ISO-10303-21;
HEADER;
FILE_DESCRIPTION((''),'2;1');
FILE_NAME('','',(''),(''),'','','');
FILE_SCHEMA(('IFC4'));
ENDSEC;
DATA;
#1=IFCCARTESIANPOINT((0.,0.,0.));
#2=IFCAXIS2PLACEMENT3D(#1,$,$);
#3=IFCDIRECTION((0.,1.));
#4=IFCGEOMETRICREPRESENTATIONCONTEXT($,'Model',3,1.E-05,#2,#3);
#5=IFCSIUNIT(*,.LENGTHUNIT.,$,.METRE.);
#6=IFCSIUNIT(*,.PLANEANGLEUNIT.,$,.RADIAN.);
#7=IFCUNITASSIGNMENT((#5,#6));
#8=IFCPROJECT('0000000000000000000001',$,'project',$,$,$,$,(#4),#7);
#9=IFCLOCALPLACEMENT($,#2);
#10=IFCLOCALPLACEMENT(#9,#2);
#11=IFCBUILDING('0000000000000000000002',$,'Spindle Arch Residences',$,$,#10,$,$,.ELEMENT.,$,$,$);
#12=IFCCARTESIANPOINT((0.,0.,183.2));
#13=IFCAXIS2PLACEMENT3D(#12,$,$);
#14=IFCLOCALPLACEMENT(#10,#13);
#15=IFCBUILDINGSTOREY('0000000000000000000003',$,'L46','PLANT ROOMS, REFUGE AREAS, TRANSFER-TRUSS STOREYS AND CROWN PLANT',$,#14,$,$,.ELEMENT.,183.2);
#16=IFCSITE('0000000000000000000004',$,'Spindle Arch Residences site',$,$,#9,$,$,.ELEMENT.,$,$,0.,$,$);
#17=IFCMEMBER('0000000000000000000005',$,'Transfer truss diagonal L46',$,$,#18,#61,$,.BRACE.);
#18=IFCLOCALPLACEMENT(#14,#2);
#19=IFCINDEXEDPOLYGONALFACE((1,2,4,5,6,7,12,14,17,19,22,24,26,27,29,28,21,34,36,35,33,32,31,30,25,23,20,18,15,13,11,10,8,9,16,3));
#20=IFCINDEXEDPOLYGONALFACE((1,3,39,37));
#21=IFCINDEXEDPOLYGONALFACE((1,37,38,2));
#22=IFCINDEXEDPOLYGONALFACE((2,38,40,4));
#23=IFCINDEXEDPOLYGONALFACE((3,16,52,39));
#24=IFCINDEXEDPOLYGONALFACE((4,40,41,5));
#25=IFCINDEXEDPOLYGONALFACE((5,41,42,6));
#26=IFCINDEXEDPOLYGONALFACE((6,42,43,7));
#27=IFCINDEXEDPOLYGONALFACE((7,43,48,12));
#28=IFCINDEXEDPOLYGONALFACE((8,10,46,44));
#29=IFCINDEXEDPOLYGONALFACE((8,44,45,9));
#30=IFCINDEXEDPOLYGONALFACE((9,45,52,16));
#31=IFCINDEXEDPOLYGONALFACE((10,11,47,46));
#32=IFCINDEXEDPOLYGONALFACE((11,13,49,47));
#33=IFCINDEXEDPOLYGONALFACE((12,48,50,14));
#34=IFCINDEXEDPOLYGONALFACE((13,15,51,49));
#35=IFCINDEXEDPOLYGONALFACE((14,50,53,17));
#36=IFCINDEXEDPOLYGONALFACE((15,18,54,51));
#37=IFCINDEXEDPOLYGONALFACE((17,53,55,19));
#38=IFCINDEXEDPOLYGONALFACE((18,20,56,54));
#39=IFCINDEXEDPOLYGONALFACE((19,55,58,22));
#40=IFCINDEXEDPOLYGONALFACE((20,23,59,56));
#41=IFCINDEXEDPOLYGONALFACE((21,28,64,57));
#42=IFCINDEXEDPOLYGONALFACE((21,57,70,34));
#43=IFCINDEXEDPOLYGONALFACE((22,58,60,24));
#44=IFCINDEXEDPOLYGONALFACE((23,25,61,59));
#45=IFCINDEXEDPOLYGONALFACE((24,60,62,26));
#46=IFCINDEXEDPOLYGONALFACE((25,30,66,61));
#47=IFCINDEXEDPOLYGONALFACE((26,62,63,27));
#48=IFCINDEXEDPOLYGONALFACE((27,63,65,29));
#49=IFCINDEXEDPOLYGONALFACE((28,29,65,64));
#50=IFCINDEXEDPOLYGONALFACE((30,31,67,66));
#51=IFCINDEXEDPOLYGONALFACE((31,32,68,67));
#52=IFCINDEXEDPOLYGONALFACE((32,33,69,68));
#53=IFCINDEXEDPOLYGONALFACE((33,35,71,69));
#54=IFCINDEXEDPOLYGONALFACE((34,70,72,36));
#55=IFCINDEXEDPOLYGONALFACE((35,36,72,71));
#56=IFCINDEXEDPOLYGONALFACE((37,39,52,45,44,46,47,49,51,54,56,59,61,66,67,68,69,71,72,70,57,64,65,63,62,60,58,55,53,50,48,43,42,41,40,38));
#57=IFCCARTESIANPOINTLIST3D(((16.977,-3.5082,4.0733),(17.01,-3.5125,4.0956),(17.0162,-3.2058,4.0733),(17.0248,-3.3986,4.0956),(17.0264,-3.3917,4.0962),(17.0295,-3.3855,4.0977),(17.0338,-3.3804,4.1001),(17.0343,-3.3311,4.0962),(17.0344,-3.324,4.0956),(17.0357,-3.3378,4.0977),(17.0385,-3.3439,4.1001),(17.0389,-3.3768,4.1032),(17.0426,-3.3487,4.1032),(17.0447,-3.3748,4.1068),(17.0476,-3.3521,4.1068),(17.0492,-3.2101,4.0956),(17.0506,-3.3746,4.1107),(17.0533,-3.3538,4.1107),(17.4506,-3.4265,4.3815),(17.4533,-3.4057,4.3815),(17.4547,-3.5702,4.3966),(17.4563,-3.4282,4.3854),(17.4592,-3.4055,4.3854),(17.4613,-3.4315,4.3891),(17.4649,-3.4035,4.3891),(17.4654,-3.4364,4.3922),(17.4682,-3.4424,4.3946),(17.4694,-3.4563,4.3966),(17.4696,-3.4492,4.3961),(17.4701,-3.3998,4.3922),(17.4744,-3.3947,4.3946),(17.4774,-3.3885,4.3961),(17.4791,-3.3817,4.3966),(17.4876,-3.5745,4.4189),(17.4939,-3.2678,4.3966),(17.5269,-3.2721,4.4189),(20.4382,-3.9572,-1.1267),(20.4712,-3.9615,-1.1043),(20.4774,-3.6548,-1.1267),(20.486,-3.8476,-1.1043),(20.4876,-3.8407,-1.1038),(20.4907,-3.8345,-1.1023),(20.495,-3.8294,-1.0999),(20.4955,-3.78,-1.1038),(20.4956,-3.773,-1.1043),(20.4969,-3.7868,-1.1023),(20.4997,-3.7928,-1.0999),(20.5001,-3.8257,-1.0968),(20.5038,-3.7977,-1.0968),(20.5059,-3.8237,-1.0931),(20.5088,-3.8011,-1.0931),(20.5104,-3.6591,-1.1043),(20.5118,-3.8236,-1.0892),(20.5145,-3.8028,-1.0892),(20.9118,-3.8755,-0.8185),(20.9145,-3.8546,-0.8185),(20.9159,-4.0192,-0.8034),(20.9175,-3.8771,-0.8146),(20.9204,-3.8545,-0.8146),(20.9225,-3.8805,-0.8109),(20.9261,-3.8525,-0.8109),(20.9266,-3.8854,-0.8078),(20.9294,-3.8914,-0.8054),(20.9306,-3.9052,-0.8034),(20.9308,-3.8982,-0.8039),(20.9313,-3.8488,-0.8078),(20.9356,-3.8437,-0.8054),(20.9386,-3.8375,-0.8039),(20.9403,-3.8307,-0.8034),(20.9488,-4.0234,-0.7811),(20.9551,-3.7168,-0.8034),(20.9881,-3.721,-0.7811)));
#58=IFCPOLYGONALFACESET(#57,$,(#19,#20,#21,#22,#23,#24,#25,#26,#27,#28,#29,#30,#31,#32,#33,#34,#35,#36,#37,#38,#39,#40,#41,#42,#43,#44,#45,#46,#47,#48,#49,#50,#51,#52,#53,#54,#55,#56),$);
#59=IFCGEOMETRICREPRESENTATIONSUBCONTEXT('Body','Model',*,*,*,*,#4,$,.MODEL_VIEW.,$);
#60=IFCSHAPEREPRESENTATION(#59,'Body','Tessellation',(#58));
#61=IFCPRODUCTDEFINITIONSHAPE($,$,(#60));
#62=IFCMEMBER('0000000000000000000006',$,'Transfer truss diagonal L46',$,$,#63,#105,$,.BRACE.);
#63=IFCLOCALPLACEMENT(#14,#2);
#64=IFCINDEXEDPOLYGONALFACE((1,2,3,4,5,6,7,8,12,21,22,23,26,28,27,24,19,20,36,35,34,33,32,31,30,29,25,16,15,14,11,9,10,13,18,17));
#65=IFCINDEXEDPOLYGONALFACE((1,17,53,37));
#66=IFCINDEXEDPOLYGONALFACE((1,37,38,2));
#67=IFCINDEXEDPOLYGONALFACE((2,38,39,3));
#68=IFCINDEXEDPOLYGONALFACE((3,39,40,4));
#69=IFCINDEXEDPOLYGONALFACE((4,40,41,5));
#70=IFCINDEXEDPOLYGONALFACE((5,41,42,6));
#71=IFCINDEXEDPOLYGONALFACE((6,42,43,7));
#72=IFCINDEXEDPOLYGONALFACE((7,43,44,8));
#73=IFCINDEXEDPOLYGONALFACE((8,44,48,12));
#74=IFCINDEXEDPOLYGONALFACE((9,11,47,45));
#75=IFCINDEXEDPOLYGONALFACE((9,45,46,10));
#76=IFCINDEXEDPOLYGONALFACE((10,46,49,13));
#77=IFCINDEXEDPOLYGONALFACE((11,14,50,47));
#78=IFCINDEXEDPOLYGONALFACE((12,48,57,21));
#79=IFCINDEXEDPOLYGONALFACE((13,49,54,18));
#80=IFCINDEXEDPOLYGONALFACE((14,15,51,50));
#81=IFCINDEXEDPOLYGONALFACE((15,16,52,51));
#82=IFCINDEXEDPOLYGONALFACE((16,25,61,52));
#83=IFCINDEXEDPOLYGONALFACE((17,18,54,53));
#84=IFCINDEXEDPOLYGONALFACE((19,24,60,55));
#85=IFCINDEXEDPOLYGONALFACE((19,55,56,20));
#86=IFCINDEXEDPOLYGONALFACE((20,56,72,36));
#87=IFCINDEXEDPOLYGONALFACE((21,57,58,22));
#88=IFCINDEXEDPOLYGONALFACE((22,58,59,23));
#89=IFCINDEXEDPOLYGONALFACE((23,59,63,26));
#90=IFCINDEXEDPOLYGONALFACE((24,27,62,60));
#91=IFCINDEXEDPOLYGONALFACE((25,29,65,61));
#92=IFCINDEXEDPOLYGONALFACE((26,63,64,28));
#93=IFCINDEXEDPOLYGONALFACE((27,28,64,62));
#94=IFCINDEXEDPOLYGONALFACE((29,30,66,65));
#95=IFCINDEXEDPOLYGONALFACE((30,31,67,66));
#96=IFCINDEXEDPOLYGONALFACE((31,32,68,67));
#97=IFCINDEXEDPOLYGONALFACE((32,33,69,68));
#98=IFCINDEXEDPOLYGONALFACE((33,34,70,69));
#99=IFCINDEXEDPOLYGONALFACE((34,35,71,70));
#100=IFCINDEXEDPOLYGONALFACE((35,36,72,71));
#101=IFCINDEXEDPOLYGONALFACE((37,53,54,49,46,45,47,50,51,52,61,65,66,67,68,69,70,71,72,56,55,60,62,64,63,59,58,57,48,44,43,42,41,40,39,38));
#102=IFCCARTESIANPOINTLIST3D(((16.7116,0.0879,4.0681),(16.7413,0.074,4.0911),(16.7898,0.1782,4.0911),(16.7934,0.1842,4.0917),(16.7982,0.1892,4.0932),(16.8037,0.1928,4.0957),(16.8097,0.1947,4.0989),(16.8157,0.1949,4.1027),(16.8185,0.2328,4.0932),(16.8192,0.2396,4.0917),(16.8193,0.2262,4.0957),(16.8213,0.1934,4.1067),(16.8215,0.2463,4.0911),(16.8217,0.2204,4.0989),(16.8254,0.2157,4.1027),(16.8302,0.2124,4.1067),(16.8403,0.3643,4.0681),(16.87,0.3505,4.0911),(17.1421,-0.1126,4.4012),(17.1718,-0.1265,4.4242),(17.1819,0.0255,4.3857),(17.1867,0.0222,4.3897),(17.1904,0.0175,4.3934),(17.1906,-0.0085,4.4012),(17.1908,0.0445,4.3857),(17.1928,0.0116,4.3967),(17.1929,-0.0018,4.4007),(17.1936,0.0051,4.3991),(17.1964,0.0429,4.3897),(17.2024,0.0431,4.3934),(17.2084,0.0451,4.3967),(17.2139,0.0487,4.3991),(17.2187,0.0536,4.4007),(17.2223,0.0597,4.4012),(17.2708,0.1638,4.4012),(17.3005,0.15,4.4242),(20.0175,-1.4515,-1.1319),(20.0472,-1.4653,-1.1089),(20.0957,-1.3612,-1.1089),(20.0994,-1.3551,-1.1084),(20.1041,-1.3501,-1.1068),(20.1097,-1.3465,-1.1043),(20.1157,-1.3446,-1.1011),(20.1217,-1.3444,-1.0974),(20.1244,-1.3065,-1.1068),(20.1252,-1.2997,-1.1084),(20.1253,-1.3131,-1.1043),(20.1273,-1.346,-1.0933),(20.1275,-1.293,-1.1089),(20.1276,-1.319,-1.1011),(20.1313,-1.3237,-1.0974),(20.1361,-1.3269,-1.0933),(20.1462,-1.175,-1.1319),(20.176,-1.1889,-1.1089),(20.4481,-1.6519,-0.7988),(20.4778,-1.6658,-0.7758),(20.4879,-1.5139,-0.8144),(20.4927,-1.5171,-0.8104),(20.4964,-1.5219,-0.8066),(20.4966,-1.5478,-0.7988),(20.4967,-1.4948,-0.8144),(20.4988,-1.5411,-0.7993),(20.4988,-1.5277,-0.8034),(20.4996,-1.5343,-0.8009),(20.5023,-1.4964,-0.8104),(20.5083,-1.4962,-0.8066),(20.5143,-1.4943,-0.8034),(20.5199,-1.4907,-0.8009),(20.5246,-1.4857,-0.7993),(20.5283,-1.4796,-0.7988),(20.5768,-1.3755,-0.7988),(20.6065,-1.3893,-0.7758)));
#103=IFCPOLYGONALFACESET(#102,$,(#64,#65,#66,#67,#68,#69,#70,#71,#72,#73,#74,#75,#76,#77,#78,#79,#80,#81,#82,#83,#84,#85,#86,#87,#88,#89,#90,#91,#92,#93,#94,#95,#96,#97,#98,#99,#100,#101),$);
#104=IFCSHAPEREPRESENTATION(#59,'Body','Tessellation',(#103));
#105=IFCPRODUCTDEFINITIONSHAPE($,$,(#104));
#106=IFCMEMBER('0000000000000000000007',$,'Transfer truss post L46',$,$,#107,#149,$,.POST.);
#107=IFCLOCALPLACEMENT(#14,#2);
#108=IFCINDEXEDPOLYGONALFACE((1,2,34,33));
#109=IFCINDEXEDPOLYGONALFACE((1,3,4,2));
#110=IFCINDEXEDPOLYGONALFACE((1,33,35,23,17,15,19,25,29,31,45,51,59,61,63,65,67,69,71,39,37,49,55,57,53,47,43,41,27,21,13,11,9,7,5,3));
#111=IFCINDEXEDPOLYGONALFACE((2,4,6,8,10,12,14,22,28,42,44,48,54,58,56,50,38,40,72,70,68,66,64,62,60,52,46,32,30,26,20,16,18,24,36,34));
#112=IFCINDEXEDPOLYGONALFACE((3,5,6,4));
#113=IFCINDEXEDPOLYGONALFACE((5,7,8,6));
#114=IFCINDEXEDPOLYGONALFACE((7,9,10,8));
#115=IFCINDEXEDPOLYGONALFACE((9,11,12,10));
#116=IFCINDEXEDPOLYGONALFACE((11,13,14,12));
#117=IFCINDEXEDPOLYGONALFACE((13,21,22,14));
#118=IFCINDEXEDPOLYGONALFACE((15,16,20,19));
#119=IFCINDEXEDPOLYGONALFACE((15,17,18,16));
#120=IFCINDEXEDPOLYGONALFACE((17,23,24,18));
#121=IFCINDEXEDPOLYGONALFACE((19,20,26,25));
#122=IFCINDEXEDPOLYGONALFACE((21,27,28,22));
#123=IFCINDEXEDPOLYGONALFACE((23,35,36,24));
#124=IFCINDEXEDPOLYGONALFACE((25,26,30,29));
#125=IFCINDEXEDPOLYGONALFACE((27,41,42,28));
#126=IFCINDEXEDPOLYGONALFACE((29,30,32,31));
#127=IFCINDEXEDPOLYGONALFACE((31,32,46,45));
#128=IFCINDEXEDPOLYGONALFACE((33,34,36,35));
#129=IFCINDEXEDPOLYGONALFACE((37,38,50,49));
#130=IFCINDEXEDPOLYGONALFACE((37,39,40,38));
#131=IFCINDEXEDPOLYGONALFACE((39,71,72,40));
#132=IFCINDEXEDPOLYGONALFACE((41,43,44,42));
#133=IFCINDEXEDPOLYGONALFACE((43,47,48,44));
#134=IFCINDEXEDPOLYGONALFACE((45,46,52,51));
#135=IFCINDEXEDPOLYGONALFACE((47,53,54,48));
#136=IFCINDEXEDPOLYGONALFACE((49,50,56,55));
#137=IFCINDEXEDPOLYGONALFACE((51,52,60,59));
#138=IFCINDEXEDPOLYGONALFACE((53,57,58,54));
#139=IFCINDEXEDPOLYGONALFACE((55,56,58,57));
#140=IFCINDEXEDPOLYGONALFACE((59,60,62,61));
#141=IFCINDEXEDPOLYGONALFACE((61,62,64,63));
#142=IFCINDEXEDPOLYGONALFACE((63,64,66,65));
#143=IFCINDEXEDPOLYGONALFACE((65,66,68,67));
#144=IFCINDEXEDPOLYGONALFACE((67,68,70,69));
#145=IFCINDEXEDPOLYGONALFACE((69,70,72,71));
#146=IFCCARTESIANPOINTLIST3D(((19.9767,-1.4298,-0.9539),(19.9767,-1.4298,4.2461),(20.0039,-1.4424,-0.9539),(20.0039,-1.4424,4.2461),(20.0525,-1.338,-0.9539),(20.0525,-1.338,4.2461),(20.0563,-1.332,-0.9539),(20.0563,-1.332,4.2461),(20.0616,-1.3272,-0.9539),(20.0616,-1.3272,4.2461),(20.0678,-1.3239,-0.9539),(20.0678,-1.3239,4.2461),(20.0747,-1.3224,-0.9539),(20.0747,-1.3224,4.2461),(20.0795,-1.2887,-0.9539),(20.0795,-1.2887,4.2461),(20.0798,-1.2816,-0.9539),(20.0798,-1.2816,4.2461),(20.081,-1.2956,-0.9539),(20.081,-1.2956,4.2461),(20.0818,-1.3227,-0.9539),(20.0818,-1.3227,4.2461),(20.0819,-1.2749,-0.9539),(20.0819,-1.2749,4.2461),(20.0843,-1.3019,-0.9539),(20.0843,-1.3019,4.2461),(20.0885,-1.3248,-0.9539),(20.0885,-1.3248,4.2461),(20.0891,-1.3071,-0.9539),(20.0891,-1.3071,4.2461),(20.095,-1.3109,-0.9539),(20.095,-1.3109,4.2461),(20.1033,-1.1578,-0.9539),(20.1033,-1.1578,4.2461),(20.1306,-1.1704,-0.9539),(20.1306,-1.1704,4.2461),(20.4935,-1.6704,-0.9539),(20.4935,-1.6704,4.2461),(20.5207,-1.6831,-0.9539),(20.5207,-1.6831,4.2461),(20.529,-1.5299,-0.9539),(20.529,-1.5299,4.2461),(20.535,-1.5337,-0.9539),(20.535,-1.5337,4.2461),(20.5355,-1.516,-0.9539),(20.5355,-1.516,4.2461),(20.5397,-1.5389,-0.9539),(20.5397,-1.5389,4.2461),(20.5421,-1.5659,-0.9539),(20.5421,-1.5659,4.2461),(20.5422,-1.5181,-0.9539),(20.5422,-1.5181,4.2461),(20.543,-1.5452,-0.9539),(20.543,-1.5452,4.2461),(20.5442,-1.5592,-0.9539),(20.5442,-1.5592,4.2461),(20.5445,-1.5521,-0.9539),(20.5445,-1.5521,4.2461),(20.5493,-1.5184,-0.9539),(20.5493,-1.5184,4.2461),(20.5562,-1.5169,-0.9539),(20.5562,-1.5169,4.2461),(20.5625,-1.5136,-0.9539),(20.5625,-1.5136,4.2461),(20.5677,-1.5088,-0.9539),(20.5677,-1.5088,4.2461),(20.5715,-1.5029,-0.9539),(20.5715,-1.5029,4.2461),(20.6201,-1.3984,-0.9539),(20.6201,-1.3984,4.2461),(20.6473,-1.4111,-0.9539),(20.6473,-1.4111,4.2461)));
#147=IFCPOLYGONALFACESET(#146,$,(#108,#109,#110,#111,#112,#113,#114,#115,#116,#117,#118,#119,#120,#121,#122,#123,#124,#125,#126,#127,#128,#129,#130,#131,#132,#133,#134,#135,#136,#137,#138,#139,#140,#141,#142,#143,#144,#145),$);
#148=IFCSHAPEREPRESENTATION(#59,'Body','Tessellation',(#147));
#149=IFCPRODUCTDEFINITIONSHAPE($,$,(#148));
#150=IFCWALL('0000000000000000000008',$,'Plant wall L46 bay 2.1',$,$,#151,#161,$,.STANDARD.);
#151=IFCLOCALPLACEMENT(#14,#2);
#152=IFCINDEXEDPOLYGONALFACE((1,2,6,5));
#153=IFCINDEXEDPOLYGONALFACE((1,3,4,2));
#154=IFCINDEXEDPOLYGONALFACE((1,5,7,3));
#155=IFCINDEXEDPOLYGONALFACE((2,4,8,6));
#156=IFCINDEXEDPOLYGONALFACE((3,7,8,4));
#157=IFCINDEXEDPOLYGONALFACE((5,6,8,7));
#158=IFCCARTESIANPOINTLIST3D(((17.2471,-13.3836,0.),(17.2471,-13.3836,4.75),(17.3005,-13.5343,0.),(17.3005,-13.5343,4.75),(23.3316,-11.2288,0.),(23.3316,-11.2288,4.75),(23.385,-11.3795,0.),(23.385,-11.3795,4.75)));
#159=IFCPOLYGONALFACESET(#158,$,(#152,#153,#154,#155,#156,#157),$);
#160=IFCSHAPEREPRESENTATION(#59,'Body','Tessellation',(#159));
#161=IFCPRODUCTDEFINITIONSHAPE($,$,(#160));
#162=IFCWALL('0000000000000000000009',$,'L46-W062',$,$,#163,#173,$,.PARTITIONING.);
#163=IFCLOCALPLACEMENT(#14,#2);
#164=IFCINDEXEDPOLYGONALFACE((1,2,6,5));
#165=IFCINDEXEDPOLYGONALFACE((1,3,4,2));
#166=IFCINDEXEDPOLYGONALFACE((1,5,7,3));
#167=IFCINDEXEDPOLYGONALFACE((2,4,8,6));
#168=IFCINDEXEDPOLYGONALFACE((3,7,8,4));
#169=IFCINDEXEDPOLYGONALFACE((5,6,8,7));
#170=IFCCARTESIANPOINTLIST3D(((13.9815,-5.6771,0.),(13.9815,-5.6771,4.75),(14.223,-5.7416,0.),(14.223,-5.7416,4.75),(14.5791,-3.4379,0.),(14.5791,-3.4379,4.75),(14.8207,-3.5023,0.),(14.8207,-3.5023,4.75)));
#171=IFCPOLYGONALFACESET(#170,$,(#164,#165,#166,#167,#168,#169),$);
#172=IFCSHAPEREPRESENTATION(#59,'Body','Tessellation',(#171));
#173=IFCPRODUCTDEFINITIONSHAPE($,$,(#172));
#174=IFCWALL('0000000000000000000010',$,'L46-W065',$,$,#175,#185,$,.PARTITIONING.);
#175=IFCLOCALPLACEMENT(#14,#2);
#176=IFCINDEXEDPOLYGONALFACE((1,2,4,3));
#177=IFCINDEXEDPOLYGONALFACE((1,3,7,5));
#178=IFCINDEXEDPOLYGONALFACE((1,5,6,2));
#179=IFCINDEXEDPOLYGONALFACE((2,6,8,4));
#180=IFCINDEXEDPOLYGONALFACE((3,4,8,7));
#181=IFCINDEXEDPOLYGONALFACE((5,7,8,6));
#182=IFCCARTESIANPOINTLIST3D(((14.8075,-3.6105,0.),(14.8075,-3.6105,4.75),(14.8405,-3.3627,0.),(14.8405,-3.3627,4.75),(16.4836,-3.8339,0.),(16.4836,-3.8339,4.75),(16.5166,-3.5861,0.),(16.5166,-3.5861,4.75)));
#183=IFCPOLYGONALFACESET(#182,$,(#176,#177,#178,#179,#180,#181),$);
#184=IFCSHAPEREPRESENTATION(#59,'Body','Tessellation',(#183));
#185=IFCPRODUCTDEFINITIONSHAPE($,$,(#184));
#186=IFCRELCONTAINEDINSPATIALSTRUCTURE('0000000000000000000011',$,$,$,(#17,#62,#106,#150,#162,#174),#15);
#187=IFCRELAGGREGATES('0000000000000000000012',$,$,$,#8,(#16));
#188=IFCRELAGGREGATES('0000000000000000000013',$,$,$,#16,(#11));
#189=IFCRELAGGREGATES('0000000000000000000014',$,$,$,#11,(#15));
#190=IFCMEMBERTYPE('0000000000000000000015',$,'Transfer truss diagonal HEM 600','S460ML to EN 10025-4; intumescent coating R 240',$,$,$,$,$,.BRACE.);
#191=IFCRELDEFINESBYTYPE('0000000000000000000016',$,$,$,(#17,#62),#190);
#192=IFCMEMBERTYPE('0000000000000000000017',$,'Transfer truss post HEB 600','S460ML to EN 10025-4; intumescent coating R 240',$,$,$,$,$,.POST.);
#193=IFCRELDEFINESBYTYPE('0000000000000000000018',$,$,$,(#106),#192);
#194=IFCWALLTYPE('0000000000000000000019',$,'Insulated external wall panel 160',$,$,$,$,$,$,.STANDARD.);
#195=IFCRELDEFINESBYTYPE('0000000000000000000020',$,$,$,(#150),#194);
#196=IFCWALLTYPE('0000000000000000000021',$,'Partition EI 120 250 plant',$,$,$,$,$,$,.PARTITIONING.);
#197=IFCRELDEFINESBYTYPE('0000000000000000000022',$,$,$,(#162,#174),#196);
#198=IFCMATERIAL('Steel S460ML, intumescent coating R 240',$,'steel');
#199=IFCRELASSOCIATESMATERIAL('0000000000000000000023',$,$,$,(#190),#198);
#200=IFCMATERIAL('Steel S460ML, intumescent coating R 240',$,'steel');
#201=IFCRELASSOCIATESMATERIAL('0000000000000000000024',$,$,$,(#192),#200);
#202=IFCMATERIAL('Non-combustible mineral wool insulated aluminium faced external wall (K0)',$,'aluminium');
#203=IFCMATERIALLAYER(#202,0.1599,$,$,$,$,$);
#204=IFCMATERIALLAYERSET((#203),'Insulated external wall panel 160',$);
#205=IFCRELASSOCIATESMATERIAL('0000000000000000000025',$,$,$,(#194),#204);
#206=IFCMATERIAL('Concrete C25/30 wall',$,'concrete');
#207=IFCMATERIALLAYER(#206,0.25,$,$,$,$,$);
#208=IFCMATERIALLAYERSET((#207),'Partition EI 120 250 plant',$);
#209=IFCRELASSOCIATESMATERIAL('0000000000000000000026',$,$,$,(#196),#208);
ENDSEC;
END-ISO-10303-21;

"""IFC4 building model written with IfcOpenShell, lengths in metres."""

from ifc_helpers import new_model, si_unit, direction, frame, frame_2d, origin, origin_2d, place, context, subcontext, project, spatial, rectangle, i_section, extrude, material, layer, layer_set, material_profile, profile_set, type_object, element, save


model = new_model("IFC4")

# Units and contexts
model_context = context("Model", 3, precision=1e-05, world=origin(), true_north=direction((0.0, 1.0)))
body_context = subcontext(model_context, "Body", "Model", "MODEL_VIEW")
ifc_project = project(units=[si_unit("LENGTHUNIT", "METRE"), si_unit("PLANEANGLEUNIT", "RADIAN")], contexts=[model_context])

# Site, building, storey
site_placement = place(None, origin())
site = spatial("IfcSite", under=ifc_project, at=site_placement, Name="Spindle Arch Residences site", CompositionType="ELEMENT", RefElevation=0.0)
building_placement = place(site_placement, origin())
building = spatial("IfcBuilding", under=site, at=building_placement, Name="Spindle Arch Residences", CompositionType="ELEMENT")
storey_placement = place(building_placement, frame((0.0, 0.0, 183.2)))
storey = spatial("IfcBuildingStorey", under=building, at=storey_placement, Name="L46", Description="PLANT ROOMS, REFUGE AREAS, TRANSFER-TRUSS STOREYS AND CROWN PLANT", CompositionType="ELEMENT", Elevation=183.2)

# Members
ifc_material_1 = material(Name="Steel S460ML, intumescent coating R 240", Category="steel")
ifc_material_profile_1 = material_profile(ifc_material_1, i_section(OverallWidth=0.3049, OverallDepth=0.6201, WebThickness=0.021, FlangeThickness=0.04, FilletRadius=0.0271, at=origin_2d()), Name="HEM 600")
ifc_profile_set_1 = profile_set([ifc_material_profile_1], Name="Steel S460ML, intumescent coating R 240")
member_type_1 = type_object("IfcMemberType", Name="Transfer truss diagonal HEM 600", Description="S460ML to EN 10025-4; intumescent coating R 240", PredefinedType="BRACE", material=ifc_profile_set_1)
member_1_placement = place(storey_placement, frame((20.7131, -3.8391, -0.9539), z_axis=(-0.55267, 0.071691, 0.830311), x_axis=(-0.128639, -0.991691, 0.0)))
element("IfcMember", 1, at=member_1_placement, inside=storey, type_object=member_type_1, Name="Transfer truss diagonal L46", PredefinedType="BRACE", context=body_context, shape_type="SweptSolid", body=[
    extrude(i_section(OverallWidth=0.3049, OverallDepth=0.6201, WebThickness=0.021, FlangeThickness=0.04, FilletRadius=0.0271, at=origin_2d()), origin(), (0.0, 0.0, 1.0), 6.2627),
])
member_2_placement = place(storey_placement, frame((20.312, -1.4204, -0.9539), z_axis=(-0.520516, 0.242364, 0.818733), x_axis=(-0.422108, -0.906545, 0.0)))
element("IfcMember", 2, at=member_2_placement, inside=storey, type_object=member_type_1, Name="Transfer truss diagonal L46", PredefinedType="BRACE", context=body_context, shape_type="SweptSolid", body=[
    extrude(i_section(OverallWidth=0.3049, OverallDepth=0.6201, WebThickness=0.021, FlangeThickness=0.04, FilletRadius=0.0271, at=origin_2d()), origin(), (0.0, 0.0, 1.0), 6.3513),
])
ifc_material_2 = material(Name="Steel S460ML, intumescent coating R 240", Category="steel")
ifc_material_profile_2 = material_profile(ifc_material_2, i_section(OverallWidth=0.3, OverallDepth=0.6001, WebThickness=0.0154, FlangeThickness=0.03, FilletRadius=0.0271, at=origin_2d()), Name="HEB 600")
ifc_profile_set_2 = profile_set([ifc_material_profile_2], Name="Steel S460ML, intumescent coating R 240")
member_type_2 = type_object("IfcMemberType", Name="Transfer truss post HEB 600", Description="S460ML to EN 10025-4; intumescent coating R 240", PredefinedType="POST", material=ifc_profile_set_2)
member_3_placement = place(storey_placement, frame((20.312, -1.4204, -0.9539), z_axis=(0.0, 0.0, 1.0), x_axis=(-0.422113, -0.906543, 0.0)))
element("IfcMember", 3, at=member_3_placement, inside=storey, type_object=member_type_2, Name="Transfer truss post L46", PredefinedType="POST", context=body_context, shape_type="SweptSolid", body=[
    extrude(i_section(OverallWidth=0.3, OverallDepth=0.6001, WebThickness=0.0154, FlangeThickness=0.03, FilletRadius=0.0271, at=origin_2d()), origin(), (0.0, 0.0, 1.0), 5.2),
])

# Walls
ifc_material_3 = material(Name="Non-combustible mineral wool insulated aluminium faced external wall (K0)", Category="aluminium")
ifc_layer_1 = layer(ifc_material_3, 0.1599)
ifc_layer_set_1 = layer_set([ifc_layer_1], Name="Insulated external wall panel 160")
wall_type_1 = type_object("IfcWallType", Name="Insulated external wall panel 160", PredefinedType="STANDARD", material=ifc_layer_set_1)
wall_1_placement = place(storey_placement, frame((17.2737, -13.459, 0.0), z_axis=(0.0, 0.0, 1.0), x_axis=(0.942634, 0.333829, 0.0)))
element("IfcWall", 4, at=wall_1_placement, inside=storey, type_object=wall_type_1, Name="Plant wall L46 bay 2.1", PredefinedType="STANDARD", context=body_context, shape_type="SweptSolid", body=[
    extrude(rectangle(XDim=6.4548, YDim=0.1599, at=frame_2d((3.2275, 0.0))), origin(), (0.0, 0.0, 1.0), 4.75),
])
ifc_material_4 = material(Name="Concrete C25/30 wall", Category="concrete")
ifc_layer_2 = layer(ifc_material_4, 0.25)
ifc_layer_set_2 = layer_set([ifc_layer_2], Name="Partition EI 120 250 plant")
wall_type_2 = type_object("IfcWallType", Name="Partition EI 120 250 plant", PredefinedType="PARTITIONING", material=ifc_layer_set_2)
wall_2_placement = place(storey_placement, frame((14.1023, -5.7092, 0.0), z_axis=(0.0, 0.0, 1.0), x_axis=(0.257872, 0.966179, 0.0)))
element("IfcWall", 5, at=wall_2_placement, inside=storey, type_object=wall_type_2, Name="L46-W062", PredefinedType="PARTITIONING", context=body_context, shape_type="SweptSolid", body=[
    extrude(rectangle(XDim=2.3176, YDim=0.25, at=frame_2d((1.1587, 0.0))), origin(), (0.0, 0.0, 1.0), 4.75),
])
wall_3_placement = place(storey_placement, frame((14.824, -3.4866, 0.0), z_axis=(0.0, 0.0, 1.0), x_axis=(0.991234, -0.132116, 0.0)))
element("IfcWall", 6, at=wall_3_placement, inside=storey, type_object=wall_type_2, Name="L46-W065", PredefinedType="PARTITIONING", context=body_context, shape_type="SweptSolid", body=[
    extrude(rectangle(XDim=1.6909, YDim=0.25, at=frame_2d((0.8455, 0.0))), origin(), (0.0, 0.0, 1.0), 4.75),
])

save(model, "model.ifc")
